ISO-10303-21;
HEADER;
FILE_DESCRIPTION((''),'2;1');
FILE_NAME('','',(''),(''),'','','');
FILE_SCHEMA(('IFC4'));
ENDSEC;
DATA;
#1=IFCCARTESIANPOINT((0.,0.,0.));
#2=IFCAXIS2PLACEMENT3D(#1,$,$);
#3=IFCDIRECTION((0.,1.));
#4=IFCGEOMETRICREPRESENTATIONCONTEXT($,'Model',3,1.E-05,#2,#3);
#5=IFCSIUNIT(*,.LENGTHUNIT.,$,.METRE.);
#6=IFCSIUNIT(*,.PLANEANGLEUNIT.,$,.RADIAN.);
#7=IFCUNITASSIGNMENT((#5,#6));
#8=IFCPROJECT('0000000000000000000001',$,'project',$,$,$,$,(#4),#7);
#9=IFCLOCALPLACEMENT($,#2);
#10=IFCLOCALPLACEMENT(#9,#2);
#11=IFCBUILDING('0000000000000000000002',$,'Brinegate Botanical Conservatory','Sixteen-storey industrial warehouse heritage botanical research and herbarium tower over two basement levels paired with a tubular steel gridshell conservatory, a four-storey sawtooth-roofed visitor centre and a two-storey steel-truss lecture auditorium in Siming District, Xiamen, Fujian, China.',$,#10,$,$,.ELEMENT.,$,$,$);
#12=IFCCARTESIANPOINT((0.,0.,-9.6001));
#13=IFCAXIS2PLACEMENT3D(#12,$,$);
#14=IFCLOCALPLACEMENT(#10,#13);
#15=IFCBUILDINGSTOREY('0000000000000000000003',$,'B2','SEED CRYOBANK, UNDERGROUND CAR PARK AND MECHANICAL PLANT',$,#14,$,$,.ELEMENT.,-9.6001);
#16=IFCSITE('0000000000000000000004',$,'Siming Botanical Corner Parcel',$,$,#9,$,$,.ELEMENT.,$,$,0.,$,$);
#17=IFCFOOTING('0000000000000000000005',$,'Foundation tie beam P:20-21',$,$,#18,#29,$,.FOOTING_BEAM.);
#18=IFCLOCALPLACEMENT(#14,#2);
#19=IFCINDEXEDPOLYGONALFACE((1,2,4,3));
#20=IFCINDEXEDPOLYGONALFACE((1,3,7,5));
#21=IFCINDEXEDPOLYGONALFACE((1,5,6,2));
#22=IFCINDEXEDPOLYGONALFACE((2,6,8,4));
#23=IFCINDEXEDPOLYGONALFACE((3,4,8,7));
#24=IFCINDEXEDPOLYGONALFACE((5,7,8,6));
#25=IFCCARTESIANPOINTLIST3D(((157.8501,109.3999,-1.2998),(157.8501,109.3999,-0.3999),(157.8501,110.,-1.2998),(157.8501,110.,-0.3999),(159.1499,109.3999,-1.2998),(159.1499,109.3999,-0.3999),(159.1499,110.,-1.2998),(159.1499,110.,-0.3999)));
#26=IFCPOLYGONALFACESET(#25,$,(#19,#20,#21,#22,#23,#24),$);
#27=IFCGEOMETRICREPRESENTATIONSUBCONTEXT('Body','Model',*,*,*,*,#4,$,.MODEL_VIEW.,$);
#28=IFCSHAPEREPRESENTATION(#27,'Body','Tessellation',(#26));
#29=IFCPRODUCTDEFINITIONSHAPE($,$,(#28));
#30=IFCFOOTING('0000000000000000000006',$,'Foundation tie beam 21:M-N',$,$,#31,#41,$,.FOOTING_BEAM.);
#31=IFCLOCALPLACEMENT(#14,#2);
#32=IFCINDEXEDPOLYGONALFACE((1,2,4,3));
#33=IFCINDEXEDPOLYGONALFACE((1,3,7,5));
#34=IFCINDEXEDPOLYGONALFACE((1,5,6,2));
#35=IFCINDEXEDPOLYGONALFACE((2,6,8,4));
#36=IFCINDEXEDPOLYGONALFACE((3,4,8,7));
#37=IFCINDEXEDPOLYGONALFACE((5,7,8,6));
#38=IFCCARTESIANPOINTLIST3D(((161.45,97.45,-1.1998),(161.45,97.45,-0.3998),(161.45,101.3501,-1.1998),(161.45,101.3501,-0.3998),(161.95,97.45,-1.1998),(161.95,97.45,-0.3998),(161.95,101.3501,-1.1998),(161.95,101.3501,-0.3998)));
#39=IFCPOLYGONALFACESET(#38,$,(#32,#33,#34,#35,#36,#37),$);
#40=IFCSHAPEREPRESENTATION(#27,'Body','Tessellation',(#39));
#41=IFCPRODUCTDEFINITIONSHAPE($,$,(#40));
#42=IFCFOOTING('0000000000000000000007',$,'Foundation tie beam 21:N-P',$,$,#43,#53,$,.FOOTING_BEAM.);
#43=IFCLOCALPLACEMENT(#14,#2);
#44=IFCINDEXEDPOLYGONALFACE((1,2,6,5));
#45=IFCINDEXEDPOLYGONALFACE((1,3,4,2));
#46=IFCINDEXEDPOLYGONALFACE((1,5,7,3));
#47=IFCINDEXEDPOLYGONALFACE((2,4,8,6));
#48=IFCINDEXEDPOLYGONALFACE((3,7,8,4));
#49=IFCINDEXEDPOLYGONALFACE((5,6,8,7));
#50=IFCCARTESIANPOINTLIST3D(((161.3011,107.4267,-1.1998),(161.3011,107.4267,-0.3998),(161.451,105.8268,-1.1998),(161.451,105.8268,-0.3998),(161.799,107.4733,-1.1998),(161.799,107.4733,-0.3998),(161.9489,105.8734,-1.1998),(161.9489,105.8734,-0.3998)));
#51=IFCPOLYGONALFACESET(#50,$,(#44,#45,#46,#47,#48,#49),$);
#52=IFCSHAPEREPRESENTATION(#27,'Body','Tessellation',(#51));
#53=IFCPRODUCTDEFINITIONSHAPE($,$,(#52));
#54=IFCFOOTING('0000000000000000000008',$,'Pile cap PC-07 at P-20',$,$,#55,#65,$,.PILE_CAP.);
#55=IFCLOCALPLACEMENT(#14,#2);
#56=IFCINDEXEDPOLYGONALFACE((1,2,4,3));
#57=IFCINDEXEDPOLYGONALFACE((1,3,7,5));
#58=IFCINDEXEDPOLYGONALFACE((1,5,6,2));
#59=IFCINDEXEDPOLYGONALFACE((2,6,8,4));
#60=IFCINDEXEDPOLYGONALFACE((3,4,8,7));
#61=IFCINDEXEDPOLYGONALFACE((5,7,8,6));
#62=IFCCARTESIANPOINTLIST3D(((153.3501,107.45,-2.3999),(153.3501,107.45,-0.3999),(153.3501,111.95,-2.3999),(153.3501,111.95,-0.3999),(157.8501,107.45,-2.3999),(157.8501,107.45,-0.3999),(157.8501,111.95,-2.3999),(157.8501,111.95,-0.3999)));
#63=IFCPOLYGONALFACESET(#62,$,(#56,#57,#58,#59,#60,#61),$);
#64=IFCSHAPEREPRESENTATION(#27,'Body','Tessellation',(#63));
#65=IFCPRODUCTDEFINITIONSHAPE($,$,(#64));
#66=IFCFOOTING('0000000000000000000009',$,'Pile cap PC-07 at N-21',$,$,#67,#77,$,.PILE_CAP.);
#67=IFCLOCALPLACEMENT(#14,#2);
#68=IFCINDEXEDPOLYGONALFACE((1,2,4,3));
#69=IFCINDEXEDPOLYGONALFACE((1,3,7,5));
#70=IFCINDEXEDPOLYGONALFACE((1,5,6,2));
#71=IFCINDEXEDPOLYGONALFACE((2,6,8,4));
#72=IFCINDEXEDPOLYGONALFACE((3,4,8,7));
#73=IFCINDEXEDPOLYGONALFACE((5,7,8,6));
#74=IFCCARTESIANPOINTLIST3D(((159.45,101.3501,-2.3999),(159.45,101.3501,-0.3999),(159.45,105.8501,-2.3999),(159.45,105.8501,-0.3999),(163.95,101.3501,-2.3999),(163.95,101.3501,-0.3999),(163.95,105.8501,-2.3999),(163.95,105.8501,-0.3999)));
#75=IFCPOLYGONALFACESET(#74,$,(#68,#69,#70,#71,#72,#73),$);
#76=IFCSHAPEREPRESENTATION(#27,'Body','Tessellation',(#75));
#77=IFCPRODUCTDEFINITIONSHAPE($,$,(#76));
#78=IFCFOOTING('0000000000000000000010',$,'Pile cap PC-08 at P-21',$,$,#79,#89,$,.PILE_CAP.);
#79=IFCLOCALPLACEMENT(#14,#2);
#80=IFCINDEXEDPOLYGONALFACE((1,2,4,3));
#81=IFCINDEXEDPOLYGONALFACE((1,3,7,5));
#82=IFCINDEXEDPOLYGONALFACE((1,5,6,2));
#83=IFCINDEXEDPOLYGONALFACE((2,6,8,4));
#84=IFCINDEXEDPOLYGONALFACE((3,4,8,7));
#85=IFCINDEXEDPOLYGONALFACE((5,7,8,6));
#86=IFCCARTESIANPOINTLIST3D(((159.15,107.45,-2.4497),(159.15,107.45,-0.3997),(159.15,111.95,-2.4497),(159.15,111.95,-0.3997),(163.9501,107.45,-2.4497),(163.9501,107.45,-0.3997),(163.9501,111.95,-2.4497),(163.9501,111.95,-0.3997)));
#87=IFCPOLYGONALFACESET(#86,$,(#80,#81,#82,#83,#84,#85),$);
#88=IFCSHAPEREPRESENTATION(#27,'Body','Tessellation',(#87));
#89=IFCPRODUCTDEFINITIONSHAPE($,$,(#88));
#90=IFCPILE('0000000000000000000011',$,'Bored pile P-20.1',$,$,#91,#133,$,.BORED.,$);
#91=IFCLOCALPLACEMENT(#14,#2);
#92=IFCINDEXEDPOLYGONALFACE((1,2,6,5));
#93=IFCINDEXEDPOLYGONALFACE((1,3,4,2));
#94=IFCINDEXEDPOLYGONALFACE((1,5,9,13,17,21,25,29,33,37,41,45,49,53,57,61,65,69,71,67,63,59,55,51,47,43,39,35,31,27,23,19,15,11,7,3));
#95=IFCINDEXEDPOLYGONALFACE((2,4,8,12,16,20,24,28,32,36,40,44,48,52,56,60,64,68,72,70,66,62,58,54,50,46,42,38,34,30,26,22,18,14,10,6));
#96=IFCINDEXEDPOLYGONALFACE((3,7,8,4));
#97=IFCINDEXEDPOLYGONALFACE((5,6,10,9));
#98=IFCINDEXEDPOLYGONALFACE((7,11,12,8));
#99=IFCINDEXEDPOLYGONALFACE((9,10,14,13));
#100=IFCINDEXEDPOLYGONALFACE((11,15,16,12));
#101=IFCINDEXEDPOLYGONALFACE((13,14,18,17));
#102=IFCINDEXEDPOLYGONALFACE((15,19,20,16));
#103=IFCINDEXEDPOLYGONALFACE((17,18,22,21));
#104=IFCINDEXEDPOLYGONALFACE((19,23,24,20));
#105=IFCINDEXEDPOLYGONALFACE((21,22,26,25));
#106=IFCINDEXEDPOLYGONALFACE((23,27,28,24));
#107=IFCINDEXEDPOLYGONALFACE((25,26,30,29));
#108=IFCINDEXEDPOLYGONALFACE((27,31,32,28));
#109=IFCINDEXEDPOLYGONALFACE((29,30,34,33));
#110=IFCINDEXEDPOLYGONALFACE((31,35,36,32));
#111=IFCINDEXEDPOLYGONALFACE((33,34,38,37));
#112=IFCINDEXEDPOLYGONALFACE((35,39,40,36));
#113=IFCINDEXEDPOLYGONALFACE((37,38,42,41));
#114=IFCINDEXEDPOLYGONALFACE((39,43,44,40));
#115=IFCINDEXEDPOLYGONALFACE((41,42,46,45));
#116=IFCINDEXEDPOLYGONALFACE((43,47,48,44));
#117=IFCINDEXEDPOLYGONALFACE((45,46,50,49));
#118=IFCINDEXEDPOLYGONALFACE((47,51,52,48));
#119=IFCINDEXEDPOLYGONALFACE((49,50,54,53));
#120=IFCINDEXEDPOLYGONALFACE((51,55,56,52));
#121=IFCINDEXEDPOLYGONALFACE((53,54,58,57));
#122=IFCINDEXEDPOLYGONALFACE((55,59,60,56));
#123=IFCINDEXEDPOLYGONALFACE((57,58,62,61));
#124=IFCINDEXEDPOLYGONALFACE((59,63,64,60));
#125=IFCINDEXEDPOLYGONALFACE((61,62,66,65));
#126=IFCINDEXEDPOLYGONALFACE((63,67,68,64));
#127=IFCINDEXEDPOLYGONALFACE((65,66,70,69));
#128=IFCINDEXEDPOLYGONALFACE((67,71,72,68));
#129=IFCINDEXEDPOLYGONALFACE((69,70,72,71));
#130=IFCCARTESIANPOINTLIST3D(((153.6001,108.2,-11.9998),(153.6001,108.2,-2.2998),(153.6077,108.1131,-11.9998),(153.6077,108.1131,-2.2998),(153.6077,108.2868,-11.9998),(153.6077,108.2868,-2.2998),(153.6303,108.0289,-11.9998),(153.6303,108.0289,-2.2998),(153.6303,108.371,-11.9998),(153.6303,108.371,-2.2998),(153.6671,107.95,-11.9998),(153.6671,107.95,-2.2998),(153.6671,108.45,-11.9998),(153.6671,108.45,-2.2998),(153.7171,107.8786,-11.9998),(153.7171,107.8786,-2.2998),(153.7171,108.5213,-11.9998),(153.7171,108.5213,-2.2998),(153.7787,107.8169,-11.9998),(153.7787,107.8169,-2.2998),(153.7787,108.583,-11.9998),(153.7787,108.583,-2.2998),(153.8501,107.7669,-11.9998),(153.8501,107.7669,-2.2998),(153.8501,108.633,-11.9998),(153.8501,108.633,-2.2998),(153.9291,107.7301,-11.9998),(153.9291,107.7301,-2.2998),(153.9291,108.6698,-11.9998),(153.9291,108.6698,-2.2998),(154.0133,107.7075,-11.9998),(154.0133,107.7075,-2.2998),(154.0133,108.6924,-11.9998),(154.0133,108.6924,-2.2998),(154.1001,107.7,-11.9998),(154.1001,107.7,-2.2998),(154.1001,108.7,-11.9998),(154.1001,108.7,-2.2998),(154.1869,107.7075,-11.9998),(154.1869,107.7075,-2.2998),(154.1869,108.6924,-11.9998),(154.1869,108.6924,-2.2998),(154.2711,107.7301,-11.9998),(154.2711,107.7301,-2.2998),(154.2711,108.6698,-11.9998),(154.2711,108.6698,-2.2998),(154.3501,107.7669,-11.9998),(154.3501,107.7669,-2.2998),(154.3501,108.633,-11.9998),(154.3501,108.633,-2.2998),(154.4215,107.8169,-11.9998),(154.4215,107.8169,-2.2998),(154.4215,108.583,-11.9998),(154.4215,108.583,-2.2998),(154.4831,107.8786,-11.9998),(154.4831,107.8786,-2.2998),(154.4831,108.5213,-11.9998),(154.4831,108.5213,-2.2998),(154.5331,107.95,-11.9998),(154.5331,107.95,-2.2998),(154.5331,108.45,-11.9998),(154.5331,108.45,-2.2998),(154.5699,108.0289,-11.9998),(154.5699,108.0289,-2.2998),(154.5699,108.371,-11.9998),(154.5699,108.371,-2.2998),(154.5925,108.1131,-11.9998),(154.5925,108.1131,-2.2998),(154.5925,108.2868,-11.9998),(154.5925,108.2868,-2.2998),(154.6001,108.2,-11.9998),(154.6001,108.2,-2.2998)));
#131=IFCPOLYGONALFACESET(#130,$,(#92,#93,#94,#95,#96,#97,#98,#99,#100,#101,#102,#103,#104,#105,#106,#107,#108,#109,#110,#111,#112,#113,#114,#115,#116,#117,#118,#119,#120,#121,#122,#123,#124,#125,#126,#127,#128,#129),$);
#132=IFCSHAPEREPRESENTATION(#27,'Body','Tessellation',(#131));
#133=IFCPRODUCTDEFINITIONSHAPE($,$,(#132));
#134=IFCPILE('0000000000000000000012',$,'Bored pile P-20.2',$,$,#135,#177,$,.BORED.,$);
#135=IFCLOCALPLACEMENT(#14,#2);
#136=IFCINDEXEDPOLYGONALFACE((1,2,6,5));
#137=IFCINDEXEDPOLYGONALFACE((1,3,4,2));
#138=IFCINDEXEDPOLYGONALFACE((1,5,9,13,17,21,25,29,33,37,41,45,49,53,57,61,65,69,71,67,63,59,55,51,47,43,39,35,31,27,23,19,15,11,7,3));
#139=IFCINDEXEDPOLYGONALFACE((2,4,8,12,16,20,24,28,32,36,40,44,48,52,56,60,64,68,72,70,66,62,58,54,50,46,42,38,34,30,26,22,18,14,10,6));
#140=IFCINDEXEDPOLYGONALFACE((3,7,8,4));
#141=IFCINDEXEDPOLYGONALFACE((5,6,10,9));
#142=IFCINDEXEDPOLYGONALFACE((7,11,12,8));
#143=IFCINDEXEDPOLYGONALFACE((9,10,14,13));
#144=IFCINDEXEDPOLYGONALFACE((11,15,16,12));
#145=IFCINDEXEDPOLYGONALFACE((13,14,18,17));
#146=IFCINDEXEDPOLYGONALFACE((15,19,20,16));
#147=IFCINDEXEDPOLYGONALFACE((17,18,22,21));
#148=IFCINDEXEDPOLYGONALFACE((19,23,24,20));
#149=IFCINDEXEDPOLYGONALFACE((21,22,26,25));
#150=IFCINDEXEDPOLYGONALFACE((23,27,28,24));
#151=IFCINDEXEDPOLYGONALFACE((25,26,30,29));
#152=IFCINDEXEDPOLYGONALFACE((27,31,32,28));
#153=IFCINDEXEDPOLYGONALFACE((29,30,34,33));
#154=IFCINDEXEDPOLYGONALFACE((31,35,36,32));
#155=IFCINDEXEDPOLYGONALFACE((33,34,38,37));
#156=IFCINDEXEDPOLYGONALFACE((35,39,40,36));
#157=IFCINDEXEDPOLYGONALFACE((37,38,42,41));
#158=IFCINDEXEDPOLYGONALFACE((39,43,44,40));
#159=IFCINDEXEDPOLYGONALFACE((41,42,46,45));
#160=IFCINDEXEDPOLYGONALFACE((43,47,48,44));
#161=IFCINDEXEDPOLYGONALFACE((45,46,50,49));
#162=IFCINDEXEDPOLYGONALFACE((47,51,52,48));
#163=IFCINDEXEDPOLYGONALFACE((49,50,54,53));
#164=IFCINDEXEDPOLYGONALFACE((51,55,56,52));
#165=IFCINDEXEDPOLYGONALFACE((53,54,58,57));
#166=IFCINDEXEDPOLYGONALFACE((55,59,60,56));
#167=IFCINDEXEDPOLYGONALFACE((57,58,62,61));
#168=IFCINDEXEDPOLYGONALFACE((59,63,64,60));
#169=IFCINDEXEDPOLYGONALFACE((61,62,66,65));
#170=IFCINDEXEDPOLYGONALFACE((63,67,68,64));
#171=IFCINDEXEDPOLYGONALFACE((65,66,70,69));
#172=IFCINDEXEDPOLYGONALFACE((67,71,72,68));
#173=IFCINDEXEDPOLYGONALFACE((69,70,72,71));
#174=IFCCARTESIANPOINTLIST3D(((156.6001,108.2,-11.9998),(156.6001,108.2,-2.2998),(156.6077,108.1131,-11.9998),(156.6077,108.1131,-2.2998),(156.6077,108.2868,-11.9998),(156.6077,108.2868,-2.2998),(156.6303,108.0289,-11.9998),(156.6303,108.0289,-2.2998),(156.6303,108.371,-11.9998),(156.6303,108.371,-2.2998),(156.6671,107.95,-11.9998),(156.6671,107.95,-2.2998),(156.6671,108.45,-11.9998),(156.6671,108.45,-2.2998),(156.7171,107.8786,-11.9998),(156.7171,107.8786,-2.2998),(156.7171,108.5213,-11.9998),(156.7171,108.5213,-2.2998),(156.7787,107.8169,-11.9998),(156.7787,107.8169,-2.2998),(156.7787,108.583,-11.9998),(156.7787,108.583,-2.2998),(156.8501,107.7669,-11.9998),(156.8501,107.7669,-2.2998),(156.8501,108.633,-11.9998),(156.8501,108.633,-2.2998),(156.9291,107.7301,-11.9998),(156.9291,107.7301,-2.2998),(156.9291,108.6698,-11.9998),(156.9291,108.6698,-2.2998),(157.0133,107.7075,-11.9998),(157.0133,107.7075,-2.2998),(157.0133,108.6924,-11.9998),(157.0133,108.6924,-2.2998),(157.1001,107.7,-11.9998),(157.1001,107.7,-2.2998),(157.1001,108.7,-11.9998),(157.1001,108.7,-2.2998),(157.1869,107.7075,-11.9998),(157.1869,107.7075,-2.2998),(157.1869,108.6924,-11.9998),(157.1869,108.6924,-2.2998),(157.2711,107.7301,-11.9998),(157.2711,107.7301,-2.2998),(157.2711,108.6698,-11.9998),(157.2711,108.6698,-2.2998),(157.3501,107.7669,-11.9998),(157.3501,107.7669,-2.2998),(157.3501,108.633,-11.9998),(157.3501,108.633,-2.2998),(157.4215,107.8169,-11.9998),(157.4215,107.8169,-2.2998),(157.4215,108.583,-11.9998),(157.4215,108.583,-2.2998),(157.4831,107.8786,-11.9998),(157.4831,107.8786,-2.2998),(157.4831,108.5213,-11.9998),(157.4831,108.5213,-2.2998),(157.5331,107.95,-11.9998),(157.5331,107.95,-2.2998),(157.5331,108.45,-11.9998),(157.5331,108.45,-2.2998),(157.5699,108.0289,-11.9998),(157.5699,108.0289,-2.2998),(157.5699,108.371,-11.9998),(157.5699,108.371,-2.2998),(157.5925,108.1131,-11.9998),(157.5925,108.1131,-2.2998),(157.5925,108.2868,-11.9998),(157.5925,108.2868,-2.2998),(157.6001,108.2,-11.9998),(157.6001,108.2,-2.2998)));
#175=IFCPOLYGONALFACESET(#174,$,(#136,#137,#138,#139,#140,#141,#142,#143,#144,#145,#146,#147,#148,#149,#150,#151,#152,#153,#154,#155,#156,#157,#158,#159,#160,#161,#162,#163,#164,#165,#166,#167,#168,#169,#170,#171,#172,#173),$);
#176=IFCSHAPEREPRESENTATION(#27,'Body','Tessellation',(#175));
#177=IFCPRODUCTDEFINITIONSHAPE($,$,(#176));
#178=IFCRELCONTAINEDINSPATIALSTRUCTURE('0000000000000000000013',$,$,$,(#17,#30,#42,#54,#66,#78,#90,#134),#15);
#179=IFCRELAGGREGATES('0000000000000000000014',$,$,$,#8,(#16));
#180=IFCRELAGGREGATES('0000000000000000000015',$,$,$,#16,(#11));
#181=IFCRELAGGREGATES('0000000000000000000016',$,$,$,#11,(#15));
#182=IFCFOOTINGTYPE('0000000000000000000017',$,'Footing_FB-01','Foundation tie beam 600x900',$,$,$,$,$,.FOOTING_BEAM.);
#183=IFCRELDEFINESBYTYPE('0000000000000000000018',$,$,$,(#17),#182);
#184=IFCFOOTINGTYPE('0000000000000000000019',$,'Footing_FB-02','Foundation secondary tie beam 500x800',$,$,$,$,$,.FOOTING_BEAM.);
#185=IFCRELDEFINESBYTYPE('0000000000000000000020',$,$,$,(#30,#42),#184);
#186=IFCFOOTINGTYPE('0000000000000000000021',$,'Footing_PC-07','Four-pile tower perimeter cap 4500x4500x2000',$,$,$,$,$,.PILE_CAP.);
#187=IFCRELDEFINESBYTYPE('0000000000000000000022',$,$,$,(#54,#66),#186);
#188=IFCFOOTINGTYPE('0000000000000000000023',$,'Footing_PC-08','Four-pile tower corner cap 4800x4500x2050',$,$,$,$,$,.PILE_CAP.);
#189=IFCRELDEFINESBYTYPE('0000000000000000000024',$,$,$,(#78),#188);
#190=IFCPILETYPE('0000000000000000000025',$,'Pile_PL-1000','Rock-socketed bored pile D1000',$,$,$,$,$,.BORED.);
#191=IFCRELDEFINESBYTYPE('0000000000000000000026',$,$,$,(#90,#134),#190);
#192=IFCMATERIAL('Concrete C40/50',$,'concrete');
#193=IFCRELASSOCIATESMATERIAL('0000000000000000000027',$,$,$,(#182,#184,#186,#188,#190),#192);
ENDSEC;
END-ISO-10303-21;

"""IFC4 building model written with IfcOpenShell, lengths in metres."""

from ifc_helpers import new_model, si_unit, direction, frame, origin, origin_2d, place, context, subcontext, project, spatial, rectangle, circle, extrude, material, material_profile, profile_set, type_object, element, save


model = new_model("IFC4")

# Units and contexts
model_context = context("Model", 3, precision=1e-05, world=origin(), true_north=direction((0.0, 1.0)))
body_context = subcontext(model_context, "Body", "Model", "MODEL_VIEW")
ifc_project = project(units=[si_unit("LENGTHUNIT", "METRE"), si_unit("PLANEANGLEUNIT", "RADIAN")], contexts=[model_context])

# Site, building, storey
site_placement = place(None, origin())
site = spatial("IfcSite", under=ifc_project, at=site_placement, Name="Siming Botanical Corner Parcel", CompositionType="ELEMENT", RefElevation=0.0)
building_placement = place(site_placement, origin())
building = spatial("IfcBuilding", under=site, at=building_placement, Name="Brinegate Botanical Conservatory", Description="Sixteen-storey industrial warehouse heritage botanical research and herbarium tower over two basement levels paired with a tubular steel gridshell conservatory, a four-storey sawtooth-roofed visitor centre and a two-storey steel-truss lecture auditorium in Siming District, Xiamen, Fujian, China.", CompositionType="ELEMENT")
storey_placement = place(building_placement, frame((0.0, 0.0, -9.6001)))
storey = spatial("IfcBuildingStorey", under=building, at=storey_placement, Name="B2", Description="SEED CRYOBANK, UNDERGROUND CAR PARK AND MECHANICAL PLANT", CompositionType="ELEMENT", Elevation=-9.6001)

# Footings
ifc_material_1 = material(Name="Concrete C40/50", Category="concrete")
ifc_material_profile_1 = material_profile(ifc_material_1, rectangle(XDim=0.6001, YDim=0.8999, at=origin_2d()), Name="RC GB 600x900")
ifc_profile_set_1 = profile_set([ifc_material_profile_1], Name="Concrete C40/50")
footing_type_1 = type_object("IfcFootingType", Name="Footing_FB-01", Description="Foundation tie beam 600x900", PredefinedType="FOOTING_BEAM", material=ifc_profile_set_1)
footing_1_placement = place(storey_placement, frame((157.8501, 109.7, -0.8499), z_axis=(1.0, 0.0, 0.0), x_axis=(0.0, 1.0, 0.0)))
element("IfcFooting", 1, at=footing_1_placement, inside=storey, type_object=footing_type_1, Name="Foundation tie beam P:20-21", PredefinedType="FOOTING_BEAM", context=body_context, shape_type="SweptSolid", body=[
    extrude(rectangle(XDim=0.6001, YDim=0.8999, at=origin_2d()), origin(), (0.0, 0.0, 1.0), 1.2998),
])
ifc_material_profile_2 = material_profile(ifc_material_1, rectangle(XDim=0.5, YDim=0.8, at=origin_2d()), Name="RC GB 500x800")
ifc_profile_set_2 = profile_set([ifc_material_profile_2], Name="Concrete C40/50")
footing_type_2 = type_object("IfcFootingType", Name="Footing_FB-02", Description="Foundation secondary tie beam 500x800", PredefinedType="FOOTING_BEAM", material=ifc_profile_set_2)
footing_2_placement = place(storey_placement, frame((161.7, 97.45, -0.7998), z_axis=(0.0, 1.0, 0.0), x_axis=(-1.0, 0.0, 0.0)))
element("IfcFooting", 2, at=footing_2_placement, inside=storey, type_object=footing_type_2, Name="Foundation tie beam 21:M-N", PredefinedType="FOOTING_BEAM", context=body_context, shape_type="SweptSolid", body=[
    extrude(rectangle(XDim=0.5, YDim=0.8, at=origin_2d()), origin(), (0.0, 0.0, 1.0), 3.9001),
])
footing_3_placement = place(storey_placement, frame((161.7, 105.8501, -0.7998), z_axis=(-0.093289, 0.995639, 0.0), x_axis=(-0.995639, -0.093289, 0.0)))
element("IfcFooting", 3, at=footing_3_placement, inside=storey, type_object=footing_type_2, Name="Foundation tie beam 21:N-P", PredefinedType="FOOTING_BEAM", context=body_context, shape_type="SweptSolid", body=[
    extrude(rectangle(XDim=0.5, YDim=0.8, at=origin_2d()), origin(), (0.0, 0.0, 1.0), 1.6069),
])
footing_type_3 = type_object("IfcFootingType", Name="Footing_PC-07", Description="Four-pile tower perimeter cap 4500x4500x2000", PredefinedType="PILE_CAP", material=ifc_material_1)
for number, where, z_axis, x_axis, name in (
    (4, (155.6001, 109.7, -2.3999), (0.0, 0.0, 1.0), (1.0, 0.0, 0.0), "Pile cap PC-07 at P-20"),
    (5, (161.7, 103.6001, -2.3999), (0.0, 0.0, 1.0), (1.0, 0.0, 0.0), "Pile cap PC-07 at N-21"),
):
    element("IfcFooting", number, at=place(storey_placement, frame(where, z_axis=z_axis, x_axis=x_axis)), inside=storey, type_object=footing_type_3, Name=name, PredefinedType="PILE_CAP", context=body_context, shape_type="SweptSolid", body=[
        extrude(rectangle(XDim=4.5, YDim=4.5, at=origin_2d()), origin(), (0.0, 0.0, 1.0), 2.0),
    ])
footing_type_4 = type_object("IfcFootingType", Name="Footing_PC-08", Description="Four-pile tower corner cap 4800x4500x2050", PredefinedType="PILE_CAP", material=ifc_material_1)
footing_4_placement = place(storey_placement, frame((161.55, 109.7, -2.4497), z_axis=(0.0, 0.0, 1.0), x_axis=(1.0, 0.0, 0.0)))
element("IfcFooting", 6, at=footing_4_placement, inside=storey, type_object=footing_type_4, Name="Pile cap PC-08 at P-21", PredefinedType="PILE_CAP", context=body_context, shape_type="SweptSolid", body=[
    extrude(rectangle(XDim=4.8, YDim=4.5, at=origin_2d()), origin(), (0.0, 0.0, 1.0), 2.05),
])

# Piles
ifc_material_profile_3 = material_profile(ifc_material_1, circle(Radius=0.5, at=origin_2d()), Name="PILE D1000")
ifc_profile_set_3 = profile_set([ifc_material_profile_3], Name="Concrete C40/50")
pile_type_1 = type_object("IfcPileType", Name="Pile_PL-1000", Description="Rock-socketed bored pile D1000", PredefinedType="BORED", material=ifc_profile_set_3)
for number, where, z_axis, x_axis, name in (
    (7, (154.1001, 108.2, -2.2998), (0.0, 0.0, -1.0), (1.0, 0.0, 0.0), "Bored pile P-20.1"),
    (8, (157.1001, 108.2, -2.2998), (0.0, 0.0, -1.0), (1.0, 0.0, 0.0), "Bored pile P-20.2"),
):
    element("IfcPile", number, at=place(storey_placement, frame(where, z_axis=z_axis, x_axis=x_axis)), inside=storey, type_object=pile_type_1, Name=name, PredefinedType="BORED", context=body_context, shape_type="SweptSolid", body=[
        extrude(circle(Radius=0.5, at=origin_2d()), origin(), (0.0, 0.0, 1.0), 9.7),
    ])

save(model, "model.ifc")
